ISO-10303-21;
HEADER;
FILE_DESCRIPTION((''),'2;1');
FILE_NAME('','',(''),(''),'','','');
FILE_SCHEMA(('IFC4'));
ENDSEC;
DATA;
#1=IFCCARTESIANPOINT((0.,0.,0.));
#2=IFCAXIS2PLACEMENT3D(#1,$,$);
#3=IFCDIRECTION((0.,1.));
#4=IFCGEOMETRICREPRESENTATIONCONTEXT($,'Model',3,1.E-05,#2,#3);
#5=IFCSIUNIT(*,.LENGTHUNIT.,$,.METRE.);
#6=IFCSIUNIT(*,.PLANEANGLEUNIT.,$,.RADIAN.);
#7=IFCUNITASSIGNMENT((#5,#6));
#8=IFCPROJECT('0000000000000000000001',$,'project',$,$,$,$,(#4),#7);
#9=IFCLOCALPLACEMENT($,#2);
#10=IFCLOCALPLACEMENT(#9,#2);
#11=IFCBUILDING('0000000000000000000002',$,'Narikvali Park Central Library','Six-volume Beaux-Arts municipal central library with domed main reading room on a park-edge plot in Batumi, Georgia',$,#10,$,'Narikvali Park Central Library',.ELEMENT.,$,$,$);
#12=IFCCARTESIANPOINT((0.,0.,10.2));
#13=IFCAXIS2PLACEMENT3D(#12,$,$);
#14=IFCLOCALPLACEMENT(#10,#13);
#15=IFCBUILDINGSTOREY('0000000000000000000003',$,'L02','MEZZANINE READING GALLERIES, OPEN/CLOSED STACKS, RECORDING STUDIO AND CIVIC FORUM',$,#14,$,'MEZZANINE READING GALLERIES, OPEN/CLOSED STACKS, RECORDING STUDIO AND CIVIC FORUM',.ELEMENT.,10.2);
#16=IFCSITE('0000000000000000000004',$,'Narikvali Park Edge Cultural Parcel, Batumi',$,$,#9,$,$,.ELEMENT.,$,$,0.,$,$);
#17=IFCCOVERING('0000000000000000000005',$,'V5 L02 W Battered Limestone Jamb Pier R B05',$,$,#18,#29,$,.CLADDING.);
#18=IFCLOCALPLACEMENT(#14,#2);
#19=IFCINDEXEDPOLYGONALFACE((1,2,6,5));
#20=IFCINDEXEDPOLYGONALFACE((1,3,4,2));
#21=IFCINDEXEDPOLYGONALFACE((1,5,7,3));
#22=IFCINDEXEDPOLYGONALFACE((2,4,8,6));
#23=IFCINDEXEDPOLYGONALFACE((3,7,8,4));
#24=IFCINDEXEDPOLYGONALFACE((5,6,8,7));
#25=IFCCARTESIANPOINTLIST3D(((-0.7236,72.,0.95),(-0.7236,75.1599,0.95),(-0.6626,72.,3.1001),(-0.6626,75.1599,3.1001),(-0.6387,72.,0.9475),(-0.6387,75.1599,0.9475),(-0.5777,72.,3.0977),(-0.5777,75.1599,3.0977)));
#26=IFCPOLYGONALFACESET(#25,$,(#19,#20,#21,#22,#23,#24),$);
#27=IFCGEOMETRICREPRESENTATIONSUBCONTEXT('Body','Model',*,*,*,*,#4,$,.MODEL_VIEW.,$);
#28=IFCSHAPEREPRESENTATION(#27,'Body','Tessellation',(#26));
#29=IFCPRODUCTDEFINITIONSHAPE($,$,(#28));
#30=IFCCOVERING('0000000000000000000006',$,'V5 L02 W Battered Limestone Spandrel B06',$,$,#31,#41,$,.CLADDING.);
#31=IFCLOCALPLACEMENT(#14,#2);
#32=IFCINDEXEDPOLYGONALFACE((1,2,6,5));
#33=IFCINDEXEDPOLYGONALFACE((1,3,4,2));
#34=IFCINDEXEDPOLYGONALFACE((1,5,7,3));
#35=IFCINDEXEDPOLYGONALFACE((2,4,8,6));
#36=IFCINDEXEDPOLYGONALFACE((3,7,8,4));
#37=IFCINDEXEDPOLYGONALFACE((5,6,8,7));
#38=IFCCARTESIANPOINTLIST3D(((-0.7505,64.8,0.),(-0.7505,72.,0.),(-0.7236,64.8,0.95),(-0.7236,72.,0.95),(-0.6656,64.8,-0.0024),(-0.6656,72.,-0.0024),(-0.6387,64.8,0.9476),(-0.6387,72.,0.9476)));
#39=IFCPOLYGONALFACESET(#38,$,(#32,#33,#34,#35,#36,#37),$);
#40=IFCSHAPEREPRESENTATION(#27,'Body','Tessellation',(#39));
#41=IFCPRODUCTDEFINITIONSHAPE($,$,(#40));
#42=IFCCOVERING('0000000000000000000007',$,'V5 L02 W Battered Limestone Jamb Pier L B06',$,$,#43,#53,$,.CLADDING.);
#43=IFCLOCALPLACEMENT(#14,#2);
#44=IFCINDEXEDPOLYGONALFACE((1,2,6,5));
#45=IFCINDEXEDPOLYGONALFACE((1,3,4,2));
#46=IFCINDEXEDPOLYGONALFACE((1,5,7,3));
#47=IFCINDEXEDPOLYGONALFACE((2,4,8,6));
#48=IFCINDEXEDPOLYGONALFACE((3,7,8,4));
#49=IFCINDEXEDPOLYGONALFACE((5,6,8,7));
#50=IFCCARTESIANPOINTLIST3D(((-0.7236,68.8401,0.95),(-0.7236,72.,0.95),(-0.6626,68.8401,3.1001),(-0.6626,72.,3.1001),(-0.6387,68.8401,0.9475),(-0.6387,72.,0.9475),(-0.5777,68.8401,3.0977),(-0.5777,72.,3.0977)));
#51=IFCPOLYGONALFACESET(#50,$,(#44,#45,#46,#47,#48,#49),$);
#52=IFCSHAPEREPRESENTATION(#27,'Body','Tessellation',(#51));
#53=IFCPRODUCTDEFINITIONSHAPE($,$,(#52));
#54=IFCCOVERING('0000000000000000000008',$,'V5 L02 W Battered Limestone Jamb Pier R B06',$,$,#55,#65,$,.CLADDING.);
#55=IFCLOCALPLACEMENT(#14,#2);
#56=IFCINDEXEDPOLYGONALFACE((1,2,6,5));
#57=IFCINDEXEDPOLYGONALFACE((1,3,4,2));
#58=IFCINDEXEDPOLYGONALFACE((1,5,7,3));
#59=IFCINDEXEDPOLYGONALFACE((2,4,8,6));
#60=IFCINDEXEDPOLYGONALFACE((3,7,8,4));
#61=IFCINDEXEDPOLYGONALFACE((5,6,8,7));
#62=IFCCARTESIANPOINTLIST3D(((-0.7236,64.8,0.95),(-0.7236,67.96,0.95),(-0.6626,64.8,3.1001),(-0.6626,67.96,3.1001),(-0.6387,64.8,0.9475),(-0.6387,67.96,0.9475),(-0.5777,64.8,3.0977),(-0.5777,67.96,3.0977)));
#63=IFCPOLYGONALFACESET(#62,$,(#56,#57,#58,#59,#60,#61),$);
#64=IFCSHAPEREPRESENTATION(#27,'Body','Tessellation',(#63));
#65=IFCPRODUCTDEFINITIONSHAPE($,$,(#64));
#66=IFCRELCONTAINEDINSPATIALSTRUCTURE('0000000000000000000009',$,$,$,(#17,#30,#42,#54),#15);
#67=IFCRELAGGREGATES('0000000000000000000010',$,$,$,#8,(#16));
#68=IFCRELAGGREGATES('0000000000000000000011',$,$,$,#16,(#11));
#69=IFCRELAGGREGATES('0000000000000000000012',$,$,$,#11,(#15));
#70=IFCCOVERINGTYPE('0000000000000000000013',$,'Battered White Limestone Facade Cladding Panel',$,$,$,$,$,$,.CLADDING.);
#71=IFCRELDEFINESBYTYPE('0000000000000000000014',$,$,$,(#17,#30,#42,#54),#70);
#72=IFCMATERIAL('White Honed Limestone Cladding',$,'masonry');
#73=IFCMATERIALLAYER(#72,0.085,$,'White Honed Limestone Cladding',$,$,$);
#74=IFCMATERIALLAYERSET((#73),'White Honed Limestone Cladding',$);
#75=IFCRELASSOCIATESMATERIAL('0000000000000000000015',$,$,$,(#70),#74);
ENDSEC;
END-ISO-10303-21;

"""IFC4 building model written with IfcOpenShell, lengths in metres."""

from ifc_helpers import new_model, si_unit, direction, frame, origin, place, context, subcontext, project, spatial, polyline, outline, extrude, material, layer, layer_set, type_object, element, save


model = new_model("IFC4")

# Units and contexts
model_context = context("Model", 3, precision=1e-05, world=origin(), true_north=direction((0.0, 1.0)))
body_context = subcontext(model_context, "Body", "Model", "MODEL_VIEW")
ifc_project = project(units=[si_unit("LENGTHUNIT", "METRE"), si_unit("PLANEANGLEUNIT", "RADIAN")], contexts=[model_context])

# Site, building, storey
site_placement = place(None, origin())
site = spatial("IfcSite", under=ifc_project, at=site_placement, Name="Narikvali Park Edge Cultural Parcel, Batumi", CompositionType="ELEMENT", RefElevation=0.0)
building_placement = place(site_placement, origin())
building = spatial("IfcBuilding", under=site, at=building_placement, Name="Narikvali Park Central Library", Description="Six-volume Beaux-Arts municipal central library with domed main reading room on a park-edge plot in Batumi, Georgia", LongName="Narikvali Park Central Library", CompositionType="ELEMENT")
storey_placement = place(building_placement, frame((0.0, 0.0, 10.2)))
storey = spatial("IfcBuildingStorey", under=building, at=storey_placement, Name="L02", Description="MEZZANINE READING GALLERIES, OPEN/CLOSED STACKS, RECORDING STUDIO AND CIVIC FORUM", LongName="MEZZANINE READING GALLERIES, OPEN/CLOSED STACKS, RECORDING STUDIO AND CIVIC FORUM", CompositionType="ELEMENT", Elevation=10.2)

# Coverings
ifc_material_1 = material(Name="White Honed Limestone Cladding", Category="masonry")
ifc_layer_1 = layer(ifc_material_1, 0.085, Name="White Honed Limestone Cladding")
ifc_layer_set_1 = layer_set([ifc_layer_1], Name="White Honed Limestone Cladding")
covering_type = type_object("IfcCoveringType", Name="Battered White Limestone Facade Cladding Panel", PredefinedType="CLADDING", material=ifc_layer_set_1)
covering_1_placement = place(storey_placement, frame((-0.7236, 75.1599, 0.95), z_axis=(-0.999597, 0.0, 0.028375), x_axis=(0.0, -1.0, 0.0)))
element("IfcCovering", 1, at=covering_1_placement, inside=storey, type_object=covering_type, Name="V5 L02 W Battered Limestone Jamb Pier R B05", PredefinedType="CLADDING", context=body_context, shape_type="SweptSolid", body=[
    extrude(outline(polyline([(0.0, 0.0), (3.1599, 0.0), (3.1599, 2.151), (0.0, 2.151), (0.0, 0.0)])), origin(), (0.0, 0.0, -1.0), 0.085),
])
covering_2_placement = place(storey_placement, frame((-0.7505, 72.0, 0.0), z_axis=(-0.999601, 0.0, 0.028259), x_axis=(0.0, -1.0, 0.0)))
element("IfcCovering", 2, at=covering_2_placement, inside=storey, type_object=covering_type, Name="V5 L02 W Battered Limestone Spandrel B06", PredefinedType="CLADDING", context=body_context, shape_type="SweptSolid", body=[
    extrude(outline(polyline([(0.0, 0.0), (7.2, 0.0), (7.2, 0.9503), (0.0, 0.9503), (0.0, 0.0)])), origin(), (0.0, 0.0, -1.0), 0.085),
])
for number, where, z_axis, x_axis, name in (
    (3, (-0.7236, 72.0, 0.95), (-0.999597, 0.0, 0.028375), (0.0, -1.0, 0.0), "V5 L02 W Battered Limestone Jamb Pier L B06"),
    (4, (-0.7236, 67.96, 0.95), (-0.999597, 0.0, 0.028375), (0.0, -1.0, 0.0), "V5 L02 W Battered Limestone Jamb Pier R B06"),
):
    element("IfcCovering", number, at=place(storey_placement, frame(where, z_axis=z_axis, x_axis=x_axis)), inside=storey, type_object=covering_type, Name=name, PredefinedType="CLADDING", context=body_context, shape_type="SweptSolid", body=[
        extrude(outline(polyline([(0.0, 0.0), (3.1599, 0.0), (3.1599, 2.151), (0.0, 2.151), (0.0, 0.0)])), origin(), (0.0, 0.0, -1.0), 0.085),
    ])

save(model, "model.ifc")
